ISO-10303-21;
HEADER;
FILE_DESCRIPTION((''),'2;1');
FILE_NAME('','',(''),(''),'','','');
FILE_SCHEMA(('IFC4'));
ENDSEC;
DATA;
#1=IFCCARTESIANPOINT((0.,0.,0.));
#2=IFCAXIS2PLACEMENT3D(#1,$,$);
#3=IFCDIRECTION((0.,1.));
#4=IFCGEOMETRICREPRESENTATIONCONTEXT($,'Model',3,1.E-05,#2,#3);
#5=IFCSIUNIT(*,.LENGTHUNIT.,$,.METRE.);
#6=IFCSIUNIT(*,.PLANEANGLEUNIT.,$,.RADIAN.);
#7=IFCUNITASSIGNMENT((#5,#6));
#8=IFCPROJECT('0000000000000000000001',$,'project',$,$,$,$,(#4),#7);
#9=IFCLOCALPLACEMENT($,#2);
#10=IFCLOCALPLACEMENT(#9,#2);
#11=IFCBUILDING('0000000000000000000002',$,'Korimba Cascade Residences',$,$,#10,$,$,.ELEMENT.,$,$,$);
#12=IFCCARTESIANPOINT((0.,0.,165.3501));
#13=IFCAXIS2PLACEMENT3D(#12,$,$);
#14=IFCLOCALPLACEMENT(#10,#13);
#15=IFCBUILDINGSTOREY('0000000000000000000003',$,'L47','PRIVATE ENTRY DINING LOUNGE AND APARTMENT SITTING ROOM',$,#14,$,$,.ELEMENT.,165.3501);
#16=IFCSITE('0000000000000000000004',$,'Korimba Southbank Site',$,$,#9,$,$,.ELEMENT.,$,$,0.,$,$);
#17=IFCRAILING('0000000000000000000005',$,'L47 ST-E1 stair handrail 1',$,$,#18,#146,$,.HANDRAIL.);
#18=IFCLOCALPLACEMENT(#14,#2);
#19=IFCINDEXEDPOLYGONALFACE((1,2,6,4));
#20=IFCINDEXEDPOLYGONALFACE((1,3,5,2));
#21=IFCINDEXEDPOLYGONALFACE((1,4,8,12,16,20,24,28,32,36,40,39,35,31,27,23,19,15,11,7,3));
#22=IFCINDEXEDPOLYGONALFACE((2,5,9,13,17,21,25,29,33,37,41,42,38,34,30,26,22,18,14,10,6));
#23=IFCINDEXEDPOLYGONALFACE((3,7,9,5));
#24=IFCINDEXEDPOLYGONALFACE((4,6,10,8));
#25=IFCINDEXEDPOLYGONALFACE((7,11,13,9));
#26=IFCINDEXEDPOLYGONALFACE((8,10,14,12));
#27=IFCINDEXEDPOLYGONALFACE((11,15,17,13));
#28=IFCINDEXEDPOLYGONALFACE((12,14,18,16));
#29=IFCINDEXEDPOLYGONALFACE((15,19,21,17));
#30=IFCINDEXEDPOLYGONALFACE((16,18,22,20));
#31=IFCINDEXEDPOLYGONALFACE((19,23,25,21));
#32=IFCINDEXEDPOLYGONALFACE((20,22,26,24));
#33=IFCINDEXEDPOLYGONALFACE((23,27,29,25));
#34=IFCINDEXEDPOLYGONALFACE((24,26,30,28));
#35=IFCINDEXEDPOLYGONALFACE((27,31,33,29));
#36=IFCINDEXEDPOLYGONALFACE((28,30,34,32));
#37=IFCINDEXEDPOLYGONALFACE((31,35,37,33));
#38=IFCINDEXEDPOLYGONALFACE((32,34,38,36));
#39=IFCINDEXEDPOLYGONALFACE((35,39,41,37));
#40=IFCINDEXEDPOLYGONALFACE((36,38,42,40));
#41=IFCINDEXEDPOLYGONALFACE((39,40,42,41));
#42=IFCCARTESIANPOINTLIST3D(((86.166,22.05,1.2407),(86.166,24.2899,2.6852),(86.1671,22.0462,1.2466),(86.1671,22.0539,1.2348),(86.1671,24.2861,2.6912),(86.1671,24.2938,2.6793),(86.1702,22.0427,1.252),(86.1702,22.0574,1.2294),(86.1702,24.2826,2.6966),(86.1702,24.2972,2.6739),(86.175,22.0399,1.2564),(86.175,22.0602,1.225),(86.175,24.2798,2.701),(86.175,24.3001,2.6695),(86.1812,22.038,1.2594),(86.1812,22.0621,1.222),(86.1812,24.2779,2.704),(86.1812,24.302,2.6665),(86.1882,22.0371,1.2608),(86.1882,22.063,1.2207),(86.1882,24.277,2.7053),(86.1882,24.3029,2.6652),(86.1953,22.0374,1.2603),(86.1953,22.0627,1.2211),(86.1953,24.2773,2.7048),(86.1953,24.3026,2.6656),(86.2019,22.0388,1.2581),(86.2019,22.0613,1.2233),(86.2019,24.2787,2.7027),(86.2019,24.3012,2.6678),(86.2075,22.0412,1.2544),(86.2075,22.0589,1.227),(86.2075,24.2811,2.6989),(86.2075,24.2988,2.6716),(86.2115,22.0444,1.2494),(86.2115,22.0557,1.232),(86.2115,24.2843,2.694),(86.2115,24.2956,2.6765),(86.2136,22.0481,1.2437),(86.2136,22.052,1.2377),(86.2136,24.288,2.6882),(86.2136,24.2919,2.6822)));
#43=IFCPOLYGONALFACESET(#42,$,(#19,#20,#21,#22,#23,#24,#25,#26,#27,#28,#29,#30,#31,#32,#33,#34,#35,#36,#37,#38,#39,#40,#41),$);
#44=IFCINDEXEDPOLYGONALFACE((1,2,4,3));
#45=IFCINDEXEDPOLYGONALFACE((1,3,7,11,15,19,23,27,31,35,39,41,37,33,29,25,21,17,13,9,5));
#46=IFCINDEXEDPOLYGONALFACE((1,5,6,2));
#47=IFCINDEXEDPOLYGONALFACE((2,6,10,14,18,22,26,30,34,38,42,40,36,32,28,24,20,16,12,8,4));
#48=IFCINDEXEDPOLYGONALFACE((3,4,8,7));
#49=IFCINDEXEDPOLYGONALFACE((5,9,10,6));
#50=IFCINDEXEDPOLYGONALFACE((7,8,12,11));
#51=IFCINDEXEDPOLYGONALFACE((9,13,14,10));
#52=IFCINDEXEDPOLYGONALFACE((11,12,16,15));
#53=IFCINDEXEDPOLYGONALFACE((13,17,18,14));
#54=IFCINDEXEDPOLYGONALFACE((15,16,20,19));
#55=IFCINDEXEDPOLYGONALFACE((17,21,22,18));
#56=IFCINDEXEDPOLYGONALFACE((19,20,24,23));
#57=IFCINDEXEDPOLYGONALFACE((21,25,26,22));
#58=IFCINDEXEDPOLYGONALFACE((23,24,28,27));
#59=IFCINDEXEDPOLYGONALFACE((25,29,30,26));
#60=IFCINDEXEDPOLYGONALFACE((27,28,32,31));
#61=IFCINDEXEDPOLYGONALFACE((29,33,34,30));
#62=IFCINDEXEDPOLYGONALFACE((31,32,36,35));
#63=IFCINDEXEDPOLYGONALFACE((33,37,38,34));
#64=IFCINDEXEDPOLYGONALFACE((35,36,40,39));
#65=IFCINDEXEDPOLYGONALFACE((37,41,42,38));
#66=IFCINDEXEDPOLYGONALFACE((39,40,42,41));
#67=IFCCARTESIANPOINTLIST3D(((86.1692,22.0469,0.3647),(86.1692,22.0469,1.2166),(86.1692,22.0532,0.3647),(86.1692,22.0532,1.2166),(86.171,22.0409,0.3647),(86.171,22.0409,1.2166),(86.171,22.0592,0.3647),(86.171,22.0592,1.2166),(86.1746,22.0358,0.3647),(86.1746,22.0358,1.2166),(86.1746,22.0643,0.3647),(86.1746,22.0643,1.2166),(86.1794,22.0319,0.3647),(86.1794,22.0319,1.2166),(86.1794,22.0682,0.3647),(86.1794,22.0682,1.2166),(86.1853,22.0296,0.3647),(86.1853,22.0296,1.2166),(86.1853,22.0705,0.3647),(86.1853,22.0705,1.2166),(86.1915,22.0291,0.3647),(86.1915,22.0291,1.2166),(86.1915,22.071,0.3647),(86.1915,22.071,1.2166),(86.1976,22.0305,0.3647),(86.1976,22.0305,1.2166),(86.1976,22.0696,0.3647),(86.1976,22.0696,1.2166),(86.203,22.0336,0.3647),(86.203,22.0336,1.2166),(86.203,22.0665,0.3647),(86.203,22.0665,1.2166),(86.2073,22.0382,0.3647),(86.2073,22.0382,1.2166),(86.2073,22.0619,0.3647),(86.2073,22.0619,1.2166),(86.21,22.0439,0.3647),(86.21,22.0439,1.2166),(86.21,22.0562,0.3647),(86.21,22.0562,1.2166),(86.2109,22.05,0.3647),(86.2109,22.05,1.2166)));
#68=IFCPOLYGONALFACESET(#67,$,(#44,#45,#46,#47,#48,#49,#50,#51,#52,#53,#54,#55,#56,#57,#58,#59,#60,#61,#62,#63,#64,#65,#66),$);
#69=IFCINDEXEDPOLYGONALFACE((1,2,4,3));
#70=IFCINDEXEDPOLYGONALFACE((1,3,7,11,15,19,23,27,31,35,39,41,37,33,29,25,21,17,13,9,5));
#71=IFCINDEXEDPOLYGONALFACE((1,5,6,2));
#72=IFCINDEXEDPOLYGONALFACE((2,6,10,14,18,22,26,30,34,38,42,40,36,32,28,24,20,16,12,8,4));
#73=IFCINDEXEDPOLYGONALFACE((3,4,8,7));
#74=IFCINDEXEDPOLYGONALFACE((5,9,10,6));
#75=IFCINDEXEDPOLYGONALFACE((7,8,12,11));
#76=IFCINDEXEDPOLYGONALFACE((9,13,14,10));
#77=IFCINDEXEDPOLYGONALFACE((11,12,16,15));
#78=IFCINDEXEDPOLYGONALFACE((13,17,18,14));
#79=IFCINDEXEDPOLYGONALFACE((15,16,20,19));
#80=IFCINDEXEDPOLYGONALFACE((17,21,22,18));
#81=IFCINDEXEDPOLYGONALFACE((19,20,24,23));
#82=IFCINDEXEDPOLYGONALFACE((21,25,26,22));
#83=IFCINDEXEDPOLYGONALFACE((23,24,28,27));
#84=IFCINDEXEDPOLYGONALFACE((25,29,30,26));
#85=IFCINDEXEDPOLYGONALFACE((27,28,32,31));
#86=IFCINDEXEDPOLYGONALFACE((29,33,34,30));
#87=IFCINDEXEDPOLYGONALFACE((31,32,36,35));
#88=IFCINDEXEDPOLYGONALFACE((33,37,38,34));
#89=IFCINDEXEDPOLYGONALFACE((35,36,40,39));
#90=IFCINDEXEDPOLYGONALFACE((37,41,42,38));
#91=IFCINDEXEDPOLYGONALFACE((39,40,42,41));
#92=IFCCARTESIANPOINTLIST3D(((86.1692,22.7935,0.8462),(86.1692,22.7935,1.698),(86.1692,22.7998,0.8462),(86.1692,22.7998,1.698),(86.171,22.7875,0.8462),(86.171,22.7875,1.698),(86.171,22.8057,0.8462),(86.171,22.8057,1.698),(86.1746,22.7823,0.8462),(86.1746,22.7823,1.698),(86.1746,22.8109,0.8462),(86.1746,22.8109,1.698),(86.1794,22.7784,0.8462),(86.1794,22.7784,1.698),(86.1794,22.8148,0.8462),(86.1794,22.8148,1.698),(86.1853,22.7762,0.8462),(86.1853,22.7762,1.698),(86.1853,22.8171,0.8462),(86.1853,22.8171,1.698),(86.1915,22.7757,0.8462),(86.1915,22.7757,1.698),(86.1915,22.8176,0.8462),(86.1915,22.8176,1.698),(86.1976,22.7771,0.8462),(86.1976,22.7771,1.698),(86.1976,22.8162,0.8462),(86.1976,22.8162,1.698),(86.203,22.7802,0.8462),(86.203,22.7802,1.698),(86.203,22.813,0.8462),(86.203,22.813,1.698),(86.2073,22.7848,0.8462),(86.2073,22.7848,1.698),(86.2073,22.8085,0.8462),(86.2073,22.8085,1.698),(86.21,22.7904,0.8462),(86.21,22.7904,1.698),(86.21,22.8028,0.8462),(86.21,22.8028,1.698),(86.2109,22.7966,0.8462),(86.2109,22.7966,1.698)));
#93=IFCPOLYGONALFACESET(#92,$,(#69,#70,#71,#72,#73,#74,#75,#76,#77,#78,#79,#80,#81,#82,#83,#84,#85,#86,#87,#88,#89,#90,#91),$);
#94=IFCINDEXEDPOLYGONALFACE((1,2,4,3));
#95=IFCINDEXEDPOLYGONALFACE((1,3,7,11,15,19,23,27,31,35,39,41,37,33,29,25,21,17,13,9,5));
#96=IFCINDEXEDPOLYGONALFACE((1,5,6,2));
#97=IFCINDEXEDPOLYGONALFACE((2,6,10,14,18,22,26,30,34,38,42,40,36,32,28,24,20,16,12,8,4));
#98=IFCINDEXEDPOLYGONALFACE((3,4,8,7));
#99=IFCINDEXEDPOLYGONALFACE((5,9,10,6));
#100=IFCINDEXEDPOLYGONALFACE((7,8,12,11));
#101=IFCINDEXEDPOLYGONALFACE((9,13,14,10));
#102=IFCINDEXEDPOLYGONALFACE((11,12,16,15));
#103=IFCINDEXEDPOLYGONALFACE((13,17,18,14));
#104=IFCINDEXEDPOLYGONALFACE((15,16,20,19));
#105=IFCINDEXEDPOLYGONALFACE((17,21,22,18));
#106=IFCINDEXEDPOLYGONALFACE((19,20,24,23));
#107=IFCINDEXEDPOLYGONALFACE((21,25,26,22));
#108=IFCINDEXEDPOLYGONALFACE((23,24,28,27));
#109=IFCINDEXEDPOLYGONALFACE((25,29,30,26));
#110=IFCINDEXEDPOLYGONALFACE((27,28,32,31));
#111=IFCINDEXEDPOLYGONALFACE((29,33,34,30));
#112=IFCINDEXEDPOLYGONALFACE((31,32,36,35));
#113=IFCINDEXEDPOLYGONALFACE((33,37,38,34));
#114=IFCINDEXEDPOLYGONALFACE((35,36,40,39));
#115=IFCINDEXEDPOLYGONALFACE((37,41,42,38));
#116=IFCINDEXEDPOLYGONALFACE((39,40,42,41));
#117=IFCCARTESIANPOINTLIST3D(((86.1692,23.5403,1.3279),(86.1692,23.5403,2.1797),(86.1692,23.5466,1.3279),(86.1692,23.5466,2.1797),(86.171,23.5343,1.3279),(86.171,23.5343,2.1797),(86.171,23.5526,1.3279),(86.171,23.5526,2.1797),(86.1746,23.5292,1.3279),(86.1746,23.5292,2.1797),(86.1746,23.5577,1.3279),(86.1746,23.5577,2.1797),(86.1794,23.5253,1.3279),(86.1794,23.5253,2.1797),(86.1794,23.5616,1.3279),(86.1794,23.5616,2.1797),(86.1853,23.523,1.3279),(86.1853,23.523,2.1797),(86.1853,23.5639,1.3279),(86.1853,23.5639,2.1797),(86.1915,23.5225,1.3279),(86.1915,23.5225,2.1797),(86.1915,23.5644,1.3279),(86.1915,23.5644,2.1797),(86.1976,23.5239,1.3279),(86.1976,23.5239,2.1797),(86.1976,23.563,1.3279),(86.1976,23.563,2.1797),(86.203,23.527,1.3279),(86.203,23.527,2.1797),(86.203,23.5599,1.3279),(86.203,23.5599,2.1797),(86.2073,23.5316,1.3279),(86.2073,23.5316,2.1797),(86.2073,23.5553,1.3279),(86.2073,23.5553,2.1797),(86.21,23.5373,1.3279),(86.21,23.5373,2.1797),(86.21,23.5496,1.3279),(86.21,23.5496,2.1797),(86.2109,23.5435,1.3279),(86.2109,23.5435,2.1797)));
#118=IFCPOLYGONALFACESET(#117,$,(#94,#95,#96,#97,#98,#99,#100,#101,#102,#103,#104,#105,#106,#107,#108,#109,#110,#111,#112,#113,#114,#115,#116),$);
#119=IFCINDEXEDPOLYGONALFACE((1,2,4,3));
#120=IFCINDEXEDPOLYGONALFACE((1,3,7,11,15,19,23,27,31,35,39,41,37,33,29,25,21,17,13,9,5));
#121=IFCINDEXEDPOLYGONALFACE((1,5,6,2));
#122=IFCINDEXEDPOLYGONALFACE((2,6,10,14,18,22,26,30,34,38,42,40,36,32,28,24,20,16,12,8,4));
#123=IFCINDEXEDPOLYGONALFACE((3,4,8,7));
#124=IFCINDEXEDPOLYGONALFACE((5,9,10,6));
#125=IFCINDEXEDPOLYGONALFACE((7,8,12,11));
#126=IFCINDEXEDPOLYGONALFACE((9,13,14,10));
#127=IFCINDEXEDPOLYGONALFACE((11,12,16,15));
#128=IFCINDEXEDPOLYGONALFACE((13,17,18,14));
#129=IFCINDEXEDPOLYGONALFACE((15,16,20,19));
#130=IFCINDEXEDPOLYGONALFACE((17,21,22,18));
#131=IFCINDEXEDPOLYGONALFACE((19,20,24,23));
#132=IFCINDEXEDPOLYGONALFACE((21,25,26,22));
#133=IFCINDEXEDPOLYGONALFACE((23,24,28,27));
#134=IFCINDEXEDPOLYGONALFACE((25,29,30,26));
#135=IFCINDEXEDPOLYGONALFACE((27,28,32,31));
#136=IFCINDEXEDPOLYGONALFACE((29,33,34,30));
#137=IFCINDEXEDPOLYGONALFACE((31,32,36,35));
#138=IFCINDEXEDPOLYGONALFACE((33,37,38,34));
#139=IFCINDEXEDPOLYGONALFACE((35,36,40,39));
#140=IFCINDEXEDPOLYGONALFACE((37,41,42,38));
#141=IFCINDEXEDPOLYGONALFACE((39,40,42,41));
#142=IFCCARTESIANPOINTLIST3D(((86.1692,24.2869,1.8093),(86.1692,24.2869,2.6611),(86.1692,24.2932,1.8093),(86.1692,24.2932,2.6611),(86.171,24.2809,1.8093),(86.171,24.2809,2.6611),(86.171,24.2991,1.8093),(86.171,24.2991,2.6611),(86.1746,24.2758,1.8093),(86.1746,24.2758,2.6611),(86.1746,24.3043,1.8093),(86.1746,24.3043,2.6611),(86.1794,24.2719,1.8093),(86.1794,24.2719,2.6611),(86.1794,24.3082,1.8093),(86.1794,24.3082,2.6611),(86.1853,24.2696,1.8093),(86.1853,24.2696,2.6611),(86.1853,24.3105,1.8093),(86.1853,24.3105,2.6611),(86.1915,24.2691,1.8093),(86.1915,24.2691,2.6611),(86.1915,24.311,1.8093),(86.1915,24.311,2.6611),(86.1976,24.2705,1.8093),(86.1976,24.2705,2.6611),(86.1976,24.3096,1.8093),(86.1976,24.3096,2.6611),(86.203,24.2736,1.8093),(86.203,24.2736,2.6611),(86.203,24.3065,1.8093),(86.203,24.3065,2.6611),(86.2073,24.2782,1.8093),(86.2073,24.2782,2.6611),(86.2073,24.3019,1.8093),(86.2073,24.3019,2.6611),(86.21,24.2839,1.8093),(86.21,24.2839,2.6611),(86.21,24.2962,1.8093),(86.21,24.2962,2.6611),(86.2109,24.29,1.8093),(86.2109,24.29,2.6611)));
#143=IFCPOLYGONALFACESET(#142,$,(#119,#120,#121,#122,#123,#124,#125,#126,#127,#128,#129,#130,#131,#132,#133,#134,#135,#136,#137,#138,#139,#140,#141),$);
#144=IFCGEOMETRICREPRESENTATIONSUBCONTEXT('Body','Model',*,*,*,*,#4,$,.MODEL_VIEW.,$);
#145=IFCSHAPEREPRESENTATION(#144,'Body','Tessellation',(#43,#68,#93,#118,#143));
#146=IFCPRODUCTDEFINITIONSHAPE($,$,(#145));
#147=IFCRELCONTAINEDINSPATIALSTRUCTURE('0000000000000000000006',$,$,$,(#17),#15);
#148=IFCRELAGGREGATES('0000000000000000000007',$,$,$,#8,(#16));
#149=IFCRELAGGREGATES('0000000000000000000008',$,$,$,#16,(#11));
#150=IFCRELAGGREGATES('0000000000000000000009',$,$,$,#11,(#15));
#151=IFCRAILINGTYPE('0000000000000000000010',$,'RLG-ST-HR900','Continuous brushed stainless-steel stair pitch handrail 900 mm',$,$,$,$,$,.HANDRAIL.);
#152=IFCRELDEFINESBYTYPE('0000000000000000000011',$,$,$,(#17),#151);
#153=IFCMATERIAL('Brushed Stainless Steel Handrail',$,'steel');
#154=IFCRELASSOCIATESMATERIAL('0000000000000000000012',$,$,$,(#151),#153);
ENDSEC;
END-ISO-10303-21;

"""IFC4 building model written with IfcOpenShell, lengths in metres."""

from ifc_helpers import new_model, si_unit, direction, frame, origin, origin_2d, place, context, subcontext, project, spatial, circle, extrude, material, type_object, element, save


model = new_model("IFC4")

# Units and contexts
model_context = context("Model", 3, precision=1e-05, world=origin(), true_north=direction((0.0, 1.0)))
body_context = subcontext(model_context, "Body", "Model", "MODEL_VIEW")
ifc_project = project(units=[si_unit("LENGTHUNIT", "METRE"), si_unit("PLANEANGLEUNIT", "RADIAN")], contexts=[model_context])

# Site, building, storey
site_placement = place(None, origin())
site = spatial("IfcSite", under=ifc_project, at=site_placement, Name="Korimba Southbank Site", CompositionType="ELEMENT", RefElevation=0.0)
building_placement = place(site_placement, origin())
building = spatial("IfcBuilding", under=site, at=building_placement, Name="Korimba Cascade Residences", CompositionType="ELEMENT")
storey_placement = place(building_placement, frame((0.0, 0.0, 165.3501)))
storey = spatial("IfcBuildingStorey", under=building, at=storey_placement, Name="L47", Description="PRIVATE ENTRY DINING LOUNGE AND APARTMENT SITTING ROOM", CompositionType="ELEMENT", Elevation=165.3501)

# Railing
ifc_material_1 = material(Name="Brushed Stainless Steel Handrail", Category="steel")
railing_type_1 = type_object("IfcRailingType", Name="RLG-ST-HR900", Description="Continuous brushed stainless-steel stair pitch handrail 900 mm", PredefinedType="HANDRAIL", material=ifc_material_1)
railing_1_placement = place(storey_placement, frame((86.1899, 22.05, 0.3647)))
element("IfcRailing", 1, at=railing_1_placement, inside=storey, type_object=railing_type_1, Name="L47 ST-E1 stair handrail 1", PredefinedType="HANDRAIL", context=body_context, shape_type="SweptSolid", body=[
    extrude(circle(Radius=0.0239, at=origin_2d()), frame((0.0, 0.0, 0.876), z_axis=(0.0, 0.840395, 0.541975), x_axis=(-1.0, 0.0, 0.0)), (0.0, 0.0, 1.0), 2.6653),
    extrude(circle(Radius=0.021, at=origin_2d()), origin(), (0.0, 0.0, 1.0), 0.8518),
    extrude(circle(Radius=0.021, at=origin_2d()), frame((0.0, 0.7466, 0.4814)), (0.0, 0.0, 1.0), 0.8518),
    extrude(circle(Radius=0.021, at=origin_2d()), frame((0.0, 1.4934, 0.9631)), (0.0, 0.0, 1.0), 0.8518),
    extrude(circle(Radius=0.021, at=origin_2d()), frame((0.0, 2.24, 1.4446)), (0.0, 0.0, 1.0), 0.8518),
])

save(model, "model.ifc")
